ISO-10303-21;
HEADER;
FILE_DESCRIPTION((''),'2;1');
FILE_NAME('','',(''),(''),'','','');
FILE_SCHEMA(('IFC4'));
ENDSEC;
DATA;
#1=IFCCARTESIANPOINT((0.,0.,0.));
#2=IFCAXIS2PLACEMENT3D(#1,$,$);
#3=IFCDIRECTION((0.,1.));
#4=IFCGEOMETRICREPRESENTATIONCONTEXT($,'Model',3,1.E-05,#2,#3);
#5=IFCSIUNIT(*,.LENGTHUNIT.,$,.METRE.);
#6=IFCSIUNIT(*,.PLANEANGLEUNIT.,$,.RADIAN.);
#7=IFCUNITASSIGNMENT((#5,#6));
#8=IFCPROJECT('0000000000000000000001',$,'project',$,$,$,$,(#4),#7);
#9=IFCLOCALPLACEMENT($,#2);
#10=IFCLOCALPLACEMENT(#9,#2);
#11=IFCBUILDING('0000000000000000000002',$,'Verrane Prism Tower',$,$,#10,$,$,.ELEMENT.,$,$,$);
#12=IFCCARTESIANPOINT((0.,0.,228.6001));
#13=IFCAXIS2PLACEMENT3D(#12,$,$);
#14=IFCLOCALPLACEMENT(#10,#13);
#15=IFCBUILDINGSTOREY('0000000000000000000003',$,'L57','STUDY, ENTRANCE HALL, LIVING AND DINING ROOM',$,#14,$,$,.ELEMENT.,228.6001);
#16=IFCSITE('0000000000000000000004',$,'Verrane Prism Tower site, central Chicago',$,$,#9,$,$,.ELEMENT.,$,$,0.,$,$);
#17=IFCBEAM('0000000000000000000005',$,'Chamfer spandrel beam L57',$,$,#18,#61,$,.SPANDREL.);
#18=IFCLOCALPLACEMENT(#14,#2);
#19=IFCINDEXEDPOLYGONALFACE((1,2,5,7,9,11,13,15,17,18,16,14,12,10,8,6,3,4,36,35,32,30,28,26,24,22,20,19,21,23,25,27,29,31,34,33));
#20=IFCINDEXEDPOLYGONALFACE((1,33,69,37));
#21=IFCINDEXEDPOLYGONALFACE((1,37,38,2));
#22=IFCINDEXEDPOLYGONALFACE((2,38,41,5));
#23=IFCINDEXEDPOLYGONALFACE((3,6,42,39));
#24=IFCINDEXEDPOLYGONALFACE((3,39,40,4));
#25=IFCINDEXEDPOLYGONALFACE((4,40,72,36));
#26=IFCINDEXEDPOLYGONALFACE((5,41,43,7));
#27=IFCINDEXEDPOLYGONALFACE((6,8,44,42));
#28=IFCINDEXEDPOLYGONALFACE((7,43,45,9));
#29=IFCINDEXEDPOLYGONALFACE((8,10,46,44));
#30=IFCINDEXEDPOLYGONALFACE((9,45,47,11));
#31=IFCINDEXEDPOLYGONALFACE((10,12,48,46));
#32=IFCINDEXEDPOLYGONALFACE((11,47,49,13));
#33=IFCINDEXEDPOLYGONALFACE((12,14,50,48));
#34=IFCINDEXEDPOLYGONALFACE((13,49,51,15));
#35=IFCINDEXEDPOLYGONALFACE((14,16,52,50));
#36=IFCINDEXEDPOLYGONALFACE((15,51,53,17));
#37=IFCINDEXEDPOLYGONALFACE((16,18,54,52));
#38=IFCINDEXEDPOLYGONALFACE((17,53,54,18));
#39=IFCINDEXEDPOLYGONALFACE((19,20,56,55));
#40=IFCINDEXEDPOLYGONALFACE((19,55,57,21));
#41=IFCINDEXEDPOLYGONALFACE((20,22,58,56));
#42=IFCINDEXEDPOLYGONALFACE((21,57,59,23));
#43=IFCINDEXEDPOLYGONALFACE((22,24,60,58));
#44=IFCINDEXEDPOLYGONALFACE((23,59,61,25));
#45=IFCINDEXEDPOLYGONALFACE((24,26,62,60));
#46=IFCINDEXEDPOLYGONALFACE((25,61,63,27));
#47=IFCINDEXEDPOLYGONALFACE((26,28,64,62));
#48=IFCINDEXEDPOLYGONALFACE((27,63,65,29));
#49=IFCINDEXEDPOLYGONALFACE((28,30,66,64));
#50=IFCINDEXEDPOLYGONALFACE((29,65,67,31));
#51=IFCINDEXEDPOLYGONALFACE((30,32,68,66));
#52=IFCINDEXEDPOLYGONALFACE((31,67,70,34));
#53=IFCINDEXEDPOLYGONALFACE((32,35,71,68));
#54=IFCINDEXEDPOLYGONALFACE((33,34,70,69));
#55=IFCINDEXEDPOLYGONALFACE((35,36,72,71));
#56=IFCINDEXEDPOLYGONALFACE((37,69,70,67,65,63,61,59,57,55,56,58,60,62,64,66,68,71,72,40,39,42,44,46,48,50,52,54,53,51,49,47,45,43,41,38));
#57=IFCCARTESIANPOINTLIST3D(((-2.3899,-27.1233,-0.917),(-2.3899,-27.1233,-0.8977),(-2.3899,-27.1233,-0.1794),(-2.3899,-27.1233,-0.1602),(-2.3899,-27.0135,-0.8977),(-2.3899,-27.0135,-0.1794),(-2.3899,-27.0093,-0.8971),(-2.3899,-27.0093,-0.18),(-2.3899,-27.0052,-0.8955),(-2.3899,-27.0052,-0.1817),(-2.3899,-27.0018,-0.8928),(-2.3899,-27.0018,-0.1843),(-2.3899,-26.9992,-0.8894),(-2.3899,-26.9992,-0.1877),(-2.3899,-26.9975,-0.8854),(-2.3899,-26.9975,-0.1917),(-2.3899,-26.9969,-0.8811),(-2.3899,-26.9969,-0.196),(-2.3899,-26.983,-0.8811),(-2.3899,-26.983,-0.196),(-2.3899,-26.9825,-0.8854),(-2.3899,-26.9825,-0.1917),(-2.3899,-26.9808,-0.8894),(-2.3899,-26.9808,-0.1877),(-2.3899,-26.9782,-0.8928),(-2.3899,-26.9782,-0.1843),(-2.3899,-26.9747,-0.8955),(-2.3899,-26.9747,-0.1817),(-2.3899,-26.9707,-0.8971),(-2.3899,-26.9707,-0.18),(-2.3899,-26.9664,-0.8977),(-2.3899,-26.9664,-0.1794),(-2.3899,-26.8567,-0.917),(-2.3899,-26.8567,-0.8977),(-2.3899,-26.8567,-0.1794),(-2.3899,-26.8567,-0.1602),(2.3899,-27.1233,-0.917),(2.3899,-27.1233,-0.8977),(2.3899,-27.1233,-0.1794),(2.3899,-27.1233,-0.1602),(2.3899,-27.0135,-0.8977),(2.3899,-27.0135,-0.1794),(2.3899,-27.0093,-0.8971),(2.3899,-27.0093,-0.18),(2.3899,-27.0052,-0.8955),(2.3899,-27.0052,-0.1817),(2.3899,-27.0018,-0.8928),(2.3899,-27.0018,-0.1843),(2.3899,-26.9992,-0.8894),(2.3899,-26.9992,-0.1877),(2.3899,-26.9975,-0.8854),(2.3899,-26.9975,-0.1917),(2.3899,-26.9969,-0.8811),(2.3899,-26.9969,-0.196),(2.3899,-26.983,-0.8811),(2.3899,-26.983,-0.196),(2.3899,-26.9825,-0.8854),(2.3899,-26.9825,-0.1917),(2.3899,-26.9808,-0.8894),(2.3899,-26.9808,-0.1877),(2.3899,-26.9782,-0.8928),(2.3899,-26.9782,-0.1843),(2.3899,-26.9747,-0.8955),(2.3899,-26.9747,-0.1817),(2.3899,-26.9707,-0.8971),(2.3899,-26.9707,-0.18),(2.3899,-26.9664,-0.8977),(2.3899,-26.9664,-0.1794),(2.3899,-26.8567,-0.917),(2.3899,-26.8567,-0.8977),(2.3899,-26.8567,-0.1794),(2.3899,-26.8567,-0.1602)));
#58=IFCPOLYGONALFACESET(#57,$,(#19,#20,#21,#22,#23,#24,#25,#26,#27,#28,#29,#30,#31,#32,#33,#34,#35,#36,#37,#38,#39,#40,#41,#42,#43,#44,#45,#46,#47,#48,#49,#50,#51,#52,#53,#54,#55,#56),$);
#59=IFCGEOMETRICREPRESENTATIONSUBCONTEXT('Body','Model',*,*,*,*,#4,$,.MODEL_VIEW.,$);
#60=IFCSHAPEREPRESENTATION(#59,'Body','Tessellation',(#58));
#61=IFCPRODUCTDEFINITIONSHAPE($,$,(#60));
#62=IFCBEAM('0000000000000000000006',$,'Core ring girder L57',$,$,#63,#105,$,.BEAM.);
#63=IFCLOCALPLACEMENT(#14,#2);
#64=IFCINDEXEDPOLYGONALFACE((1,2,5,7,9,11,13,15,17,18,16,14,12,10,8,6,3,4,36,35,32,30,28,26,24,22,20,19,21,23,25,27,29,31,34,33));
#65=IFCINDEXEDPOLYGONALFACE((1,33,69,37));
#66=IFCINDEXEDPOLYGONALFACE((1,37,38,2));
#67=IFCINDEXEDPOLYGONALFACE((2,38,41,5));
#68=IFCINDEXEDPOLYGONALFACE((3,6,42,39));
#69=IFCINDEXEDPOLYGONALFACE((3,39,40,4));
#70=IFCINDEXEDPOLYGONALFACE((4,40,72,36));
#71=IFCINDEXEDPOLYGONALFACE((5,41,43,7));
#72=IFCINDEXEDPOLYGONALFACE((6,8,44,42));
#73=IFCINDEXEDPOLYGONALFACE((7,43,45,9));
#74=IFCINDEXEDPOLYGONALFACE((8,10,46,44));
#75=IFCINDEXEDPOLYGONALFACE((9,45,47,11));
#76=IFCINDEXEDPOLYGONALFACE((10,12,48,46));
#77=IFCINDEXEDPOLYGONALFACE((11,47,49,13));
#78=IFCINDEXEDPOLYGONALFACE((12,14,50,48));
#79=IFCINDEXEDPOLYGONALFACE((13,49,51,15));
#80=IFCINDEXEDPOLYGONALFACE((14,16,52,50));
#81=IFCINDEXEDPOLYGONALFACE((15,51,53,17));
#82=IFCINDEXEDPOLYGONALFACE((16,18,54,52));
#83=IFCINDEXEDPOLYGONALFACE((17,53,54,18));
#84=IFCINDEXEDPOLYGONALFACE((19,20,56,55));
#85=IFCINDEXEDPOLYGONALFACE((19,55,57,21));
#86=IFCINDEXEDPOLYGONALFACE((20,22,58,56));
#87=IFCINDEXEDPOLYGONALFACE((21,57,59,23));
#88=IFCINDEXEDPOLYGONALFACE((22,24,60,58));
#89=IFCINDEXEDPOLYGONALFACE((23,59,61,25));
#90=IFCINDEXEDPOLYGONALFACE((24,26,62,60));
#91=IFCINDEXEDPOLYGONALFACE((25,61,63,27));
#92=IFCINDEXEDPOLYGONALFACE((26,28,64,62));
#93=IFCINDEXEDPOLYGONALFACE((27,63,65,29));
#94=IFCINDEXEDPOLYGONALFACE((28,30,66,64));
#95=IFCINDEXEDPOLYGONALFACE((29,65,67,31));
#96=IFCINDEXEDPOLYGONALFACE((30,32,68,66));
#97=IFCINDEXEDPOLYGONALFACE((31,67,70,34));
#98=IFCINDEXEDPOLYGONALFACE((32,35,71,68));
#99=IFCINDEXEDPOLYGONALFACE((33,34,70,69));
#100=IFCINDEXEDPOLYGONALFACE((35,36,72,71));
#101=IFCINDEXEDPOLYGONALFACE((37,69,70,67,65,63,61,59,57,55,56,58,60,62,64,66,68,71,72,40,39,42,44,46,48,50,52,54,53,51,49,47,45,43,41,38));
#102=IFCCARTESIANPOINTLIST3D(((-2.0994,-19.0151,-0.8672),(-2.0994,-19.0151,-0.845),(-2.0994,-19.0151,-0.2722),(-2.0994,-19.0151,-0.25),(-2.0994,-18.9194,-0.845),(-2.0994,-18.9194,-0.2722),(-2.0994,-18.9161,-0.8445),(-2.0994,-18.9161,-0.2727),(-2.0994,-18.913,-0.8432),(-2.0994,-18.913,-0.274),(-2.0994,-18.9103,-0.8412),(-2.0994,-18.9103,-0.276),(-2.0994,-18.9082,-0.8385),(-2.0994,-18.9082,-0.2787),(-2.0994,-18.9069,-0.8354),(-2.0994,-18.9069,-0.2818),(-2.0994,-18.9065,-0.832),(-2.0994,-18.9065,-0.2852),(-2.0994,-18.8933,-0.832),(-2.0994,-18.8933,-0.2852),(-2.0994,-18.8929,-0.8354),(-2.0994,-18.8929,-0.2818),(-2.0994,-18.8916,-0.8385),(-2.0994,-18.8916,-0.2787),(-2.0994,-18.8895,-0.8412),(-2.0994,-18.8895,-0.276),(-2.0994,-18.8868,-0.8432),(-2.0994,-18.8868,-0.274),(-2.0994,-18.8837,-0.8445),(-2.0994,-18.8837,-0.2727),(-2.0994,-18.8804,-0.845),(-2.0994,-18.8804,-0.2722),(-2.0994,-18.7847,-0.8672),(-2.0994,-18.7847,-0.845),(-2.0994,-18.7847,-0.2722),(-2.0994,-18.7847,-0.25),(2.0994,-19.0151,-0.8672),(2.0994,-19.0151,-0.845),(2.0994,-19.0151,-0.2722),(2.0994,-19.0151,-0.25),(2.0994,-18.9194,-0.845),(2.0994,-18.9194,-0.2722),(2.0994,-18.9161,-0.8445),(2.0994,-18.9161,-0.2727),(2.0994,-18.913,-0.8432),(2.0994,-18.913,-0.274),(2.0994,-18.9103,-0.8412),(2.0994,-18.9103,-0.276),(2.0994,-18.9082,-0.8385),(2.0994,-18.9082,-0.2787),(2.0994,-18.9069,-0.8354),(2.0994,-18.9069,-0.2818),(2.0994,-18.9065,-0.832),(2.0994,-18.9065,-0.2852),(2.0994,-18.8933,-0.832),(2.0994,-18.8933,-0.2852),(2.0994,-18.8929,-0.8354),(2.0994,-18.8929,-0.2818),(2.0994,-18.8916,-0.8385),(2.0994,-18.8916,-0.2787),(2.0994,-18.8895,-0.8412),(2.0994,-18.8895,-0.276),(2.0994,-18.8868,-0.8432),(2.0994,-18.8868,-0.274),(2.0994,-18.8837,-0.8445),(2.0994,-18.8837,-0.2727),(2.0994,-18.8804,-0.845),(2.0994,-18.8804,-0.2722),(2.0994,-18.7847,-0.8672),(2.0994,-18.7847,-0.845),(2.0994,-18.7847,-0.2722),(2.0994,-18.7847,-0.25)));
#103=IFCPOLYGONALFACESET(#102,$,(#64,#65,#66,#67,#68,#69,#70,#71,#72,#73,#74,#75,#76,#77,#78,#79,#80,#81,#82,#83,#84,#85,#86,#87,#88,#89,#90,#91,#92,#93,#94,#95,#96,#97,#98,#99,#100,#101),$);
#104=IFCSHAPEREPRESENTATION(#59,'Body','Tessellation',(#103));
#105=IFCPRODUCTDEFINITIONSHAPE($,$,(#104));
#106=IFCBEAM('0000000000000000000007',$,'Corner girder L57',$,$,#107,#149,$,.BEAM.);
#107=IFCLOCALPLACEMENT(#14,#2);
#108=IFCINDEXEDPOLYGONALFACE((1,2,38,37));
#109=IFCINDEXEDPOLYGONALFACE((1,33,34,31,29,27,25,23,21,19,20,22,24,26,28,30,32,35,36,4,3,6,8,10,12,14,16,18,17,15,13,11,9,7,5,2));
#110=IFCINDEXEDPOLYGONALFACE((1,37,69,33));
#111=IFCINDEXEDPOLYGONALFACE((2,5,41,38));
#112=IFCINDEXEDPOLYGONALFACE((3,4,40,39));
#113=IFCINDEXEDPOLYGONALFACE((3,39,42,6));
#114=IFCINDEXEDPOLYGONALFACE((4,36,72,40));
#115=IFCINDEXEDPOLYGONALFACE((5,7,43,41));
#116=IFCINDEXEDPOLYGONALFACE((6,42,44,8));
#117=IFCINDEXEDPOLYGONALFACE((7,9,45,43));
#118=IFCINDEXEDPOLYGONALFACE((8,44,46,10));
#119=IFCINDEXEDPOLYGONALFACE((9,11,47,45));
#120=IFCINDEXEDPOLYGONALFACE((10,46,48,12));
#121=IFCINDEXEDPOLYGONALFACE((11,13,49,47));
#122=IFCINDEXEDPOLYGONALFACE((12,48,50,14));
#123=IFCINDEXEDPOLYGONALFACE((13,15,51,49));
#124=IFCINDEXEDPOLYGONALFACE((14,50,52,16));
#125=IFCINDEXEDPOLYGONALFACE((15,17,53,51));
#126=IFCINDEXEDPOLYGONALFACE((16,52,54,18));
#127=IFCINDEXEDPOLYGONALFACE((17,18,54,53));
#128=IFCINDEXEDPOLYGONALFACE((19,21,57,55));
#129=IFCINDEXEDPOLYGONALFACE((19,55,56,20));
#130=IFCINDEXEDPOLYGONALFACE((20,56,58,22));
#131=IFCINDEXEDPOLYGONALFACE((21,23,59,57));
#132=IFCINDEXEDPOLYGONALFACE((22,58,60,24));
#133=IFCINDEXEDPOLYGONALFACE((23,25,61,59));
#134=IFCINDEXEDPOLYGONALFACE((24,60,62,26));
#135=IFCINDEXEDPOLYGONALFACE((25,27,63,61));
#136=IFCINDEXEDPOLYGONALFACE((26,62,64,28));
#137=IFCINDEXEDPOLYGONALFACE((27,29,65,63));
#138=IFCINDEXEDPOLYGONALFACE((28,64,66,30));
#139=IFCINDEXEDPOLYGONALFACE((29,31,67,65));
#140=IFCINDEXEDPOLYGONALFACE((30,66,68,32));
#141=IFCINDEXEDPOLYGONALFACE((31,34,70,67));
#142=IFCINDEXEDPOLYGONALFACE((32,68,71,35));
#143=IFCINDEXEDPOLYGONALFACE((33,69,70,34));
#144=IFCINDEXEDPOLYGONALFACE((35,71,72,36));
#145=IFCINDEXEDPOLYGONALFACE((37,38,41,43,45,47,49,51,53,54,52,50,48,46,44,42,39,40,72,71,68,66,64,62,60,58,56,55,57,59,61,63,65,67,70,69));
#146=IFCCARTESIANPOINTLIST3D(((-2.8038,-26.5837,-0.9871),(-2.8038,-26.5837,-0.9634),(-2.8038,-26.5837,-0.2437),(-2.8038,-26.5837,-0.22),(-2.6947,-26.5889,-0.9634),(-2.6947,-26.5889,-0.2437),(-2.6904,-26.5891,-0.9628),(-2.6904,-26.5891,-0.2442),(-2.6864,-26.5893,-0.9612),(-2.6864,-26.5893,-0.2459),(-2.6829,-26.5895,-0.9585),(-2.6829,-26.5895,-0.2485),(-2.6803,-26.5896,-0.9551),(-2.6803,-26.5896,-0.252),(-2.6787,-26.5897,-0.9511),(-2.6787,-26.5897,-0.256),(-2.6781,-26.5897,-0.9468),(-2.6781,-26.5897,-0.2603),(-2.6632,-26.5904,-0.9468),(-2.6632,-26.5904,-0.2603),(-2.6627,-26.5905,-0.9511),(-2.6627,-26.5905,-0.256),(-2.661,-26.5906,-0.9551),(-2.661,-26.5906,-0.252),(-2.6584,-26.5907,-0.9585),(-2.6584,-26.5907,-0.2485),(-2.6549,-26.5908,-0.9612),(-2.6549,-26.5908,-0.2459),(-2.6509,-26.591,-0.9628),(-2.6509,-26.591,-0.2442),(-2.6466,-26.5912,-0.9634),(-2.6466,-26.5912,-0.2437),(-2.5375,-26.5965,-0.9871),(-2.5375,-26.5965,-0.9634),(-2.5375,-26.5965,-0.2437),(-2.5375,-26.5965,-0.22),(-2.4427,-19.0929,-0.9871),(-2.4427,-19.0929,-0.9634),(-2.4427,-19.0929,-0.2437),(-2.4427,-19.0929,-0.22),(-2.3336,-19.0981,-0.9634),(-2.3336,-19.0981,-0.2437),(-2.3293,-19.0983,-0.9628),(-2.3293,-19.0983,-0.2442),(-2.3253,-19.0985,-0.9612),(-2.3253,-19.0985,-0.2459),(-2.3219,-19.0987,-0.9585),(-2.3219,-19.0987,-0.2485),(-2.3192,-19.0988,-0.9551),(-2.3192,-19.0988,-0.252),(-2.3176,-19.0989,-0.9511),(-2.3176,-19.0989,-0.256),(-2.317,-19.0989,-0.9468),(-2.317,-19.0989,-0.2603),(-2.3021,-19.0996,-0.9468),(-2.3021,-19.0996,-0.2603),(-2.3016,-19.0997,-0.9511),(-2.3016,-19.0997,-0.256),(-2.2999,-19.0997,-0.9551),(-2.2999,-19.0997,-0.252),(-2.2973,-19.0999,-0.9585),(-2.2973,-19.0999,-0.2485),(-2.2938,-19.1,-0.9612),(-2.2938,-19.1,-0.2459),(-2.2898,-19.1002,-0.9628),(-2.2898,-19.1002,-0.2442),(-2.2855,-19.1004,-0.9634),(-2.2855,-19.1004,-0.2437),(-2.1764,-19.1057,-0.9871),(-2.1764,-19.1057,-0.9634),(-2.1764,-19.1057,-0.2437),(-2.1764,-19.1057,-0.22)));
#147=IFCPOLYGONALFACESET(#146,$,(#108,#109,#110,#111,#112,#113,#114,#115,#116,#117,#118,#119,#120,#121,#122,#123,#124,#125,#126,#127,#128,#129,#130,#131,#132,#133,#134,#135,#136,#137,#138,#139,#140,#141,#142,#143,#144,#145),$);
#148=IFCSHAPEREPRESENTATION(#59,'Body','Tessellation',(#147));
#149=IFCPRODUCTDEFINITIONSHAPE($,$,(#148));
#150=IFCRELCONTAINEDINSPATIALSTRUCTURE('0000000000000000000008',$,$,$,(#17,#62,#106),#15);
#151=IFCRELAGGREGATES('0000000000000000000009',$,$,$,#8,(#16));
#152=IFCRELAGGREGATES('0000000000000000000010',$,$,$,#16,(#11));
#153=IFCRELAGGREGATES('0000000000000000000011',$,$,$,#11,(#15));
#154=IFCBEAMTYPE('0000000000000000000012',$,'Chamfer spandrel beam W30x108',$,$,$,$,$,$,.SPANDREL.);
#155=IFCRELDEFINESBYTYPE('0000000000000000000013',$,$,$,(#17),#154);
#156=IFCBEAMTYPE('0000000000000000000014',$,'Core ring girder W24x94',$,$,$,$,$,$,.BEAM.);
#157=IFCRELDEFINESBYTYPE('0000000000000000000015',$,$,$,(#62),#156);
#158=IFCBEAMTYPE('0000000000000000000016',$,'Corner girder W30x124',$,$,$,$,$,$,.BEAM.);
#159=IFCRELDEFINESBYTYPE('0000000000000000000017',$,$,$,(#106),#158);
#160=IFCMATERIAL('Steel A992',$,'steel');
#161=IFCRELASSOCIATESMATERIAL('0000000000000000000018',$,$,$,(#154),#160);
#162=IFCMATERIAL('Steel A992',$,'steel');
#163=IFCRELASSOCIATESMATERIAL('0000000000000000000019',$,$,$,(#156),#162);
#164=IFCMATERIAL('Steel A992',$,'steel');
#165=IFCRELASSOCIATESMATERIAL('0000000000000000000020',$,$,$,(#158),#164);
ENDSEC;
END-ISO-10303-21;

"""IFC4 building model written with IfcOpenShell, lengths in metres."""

from ifc_helpers import new_model, si_unit, direction, frame, origin, origin_2d, place, context, subcontext, project, spatial, i_section, extrude, material, material_profile, profile_set, type_object, element, save


model = new_model("IFC4")

# Units and contexts
model_context = context("Model", 3, precision=1e-05, world=origin(), true_north=direction((0.0, 1.0)))
body_context = subcontext(model_context, "Body", "Model", "MODEL_VIEW")
ifc_project = project(units=[si_unit("LENGTHUNIT", "METRE"), si_unit("PLANEANGLEUNIT", "RADIAN")], contexts=[model_context])

# Site, building, storey
site_placement = place(None, origin())
site = spatial("IfcSite", under=ifc_project, at=site_placement, Name="Verrane Prism Tower site, central Chicago", CompositionType="ELEMENT", RefElevation=0.0)
building_placement = place(site_placement, origin())
building = spatial("IfcBuilding", under=site, at=building_placement, Name="Verrane Prism Tower", CompositionType="ELEMENT")
storey_placement = place(building_placement, frame((0.0, 0.0, 228.6001)))
storey = spatial("IfcBuildingStorey", under=building, at=storey_placement, Name="L57", Description="STUDY, ENTRANCE HALL, LIVING AND DINING ROOM", CompositionType="ELEMENT", Elevation=228.6001)

# Beams
ifc_material_1 = material(Name="Steel A992", Category="steel")
ifc_material_profile_1 = material_profile(ifc_material_1, i_section(OverallWidth=0.2666, OverallDepth=0.7568, WebThickness=0.0139, FlangeThickness=0.0193, FilletRadius=0.0166, at=origin_2d()), Name="W30x108")
ifc_profile_set_1 = profile_set([ifc_material_profile_1], Name="Steel A992")
beam_type_1 = type_object("IfcBeamType", Name="Chamfer spandrel beam W30x108", PredefinedType="SPANDREL", material=ifc_profile_set_1)
beam_1_placement = place(storey_placement, frame((-2.3899, -26.99, -0.5386), z_axis=(1.0, 0.0, 0.0), x_axis=(0.0, 1.0, 0.0)))
element("IfcBeam", 1, at=beam_1_placement, inside=storey, type_object=beam_type_1, Name="Chamfer spandrel beam L57", PredefinedType="SPANDREL", context=body_context, shape_type="SweptSolid", body=[
    extrude(i_section(OverallWidth=0.2666, OverallDepth=0.7568, WebThickness=0.0139, FlangeThickness=0.0193, FilletRadius=0.0166, at=origin_2d()), origin(), (0.0, 0.0, 1.0), 4.7798),
])
ifc_material_2 = material(Name="Steel A992", Category="steel")
ifc_material_profile_2 = material_profile(ifc_material_2, i_section(OverallWidth=0.2305, OverallDepth=0.6172, WebThickness=0.0132, FlangeThickness=0.0222, FilletRadius=0.0129, at=origin_2d()), Name="W24x94")
ifc_profile_set_2 = profile_set([ifc_material_profile_2], Name="Steel A992")
beam_type_2 = type_object("IfcBeamType", Name="Core ring girder W24x94", PredefinedType="BEAM", material=ifc_profile_set_2)
beam_2_placement = place(storey_placement, frame((-2.0994, -18.8999, -0.5586), z_axis=(1.0, 0.0, 0.0), x_axis=(0.0, 1.0, 0.0)))
element("IfcBeam", 2, at=beam_2_placement, inside=storey, type_object=beam_type_2, Name="Core ring girder L57", PredefinedType="BEAM", context=body_context, shape_type="SweptSolid", body=[
    extrude(i_section(OverallWidth=0.2305, OverallDepth=0.6172, WebThickness=0.0132, FlangeThickness=0.0222, FilletRadius=0.0129, at=origin_2d()), origin(), (0.0, 0.0, 1.0), 4.1987),
])
ifc_material_3 = material(Name="Steel A992", Category="steel")
ifc_material_profile_3 = material_profile(ifc_material_3, i_section(OverallWidth=0.2666, OverallDepth=0.7671, WebThickness=0.0149, FlangeThickness=0.0237, FilletRadius=0.0166, at=origin_2d()), Name="W30x124")
ifc_profile_set_3 = profile_set([ifc_material_profile_3], Name="Steel A992")
beam_type_3 = type_object("IfcBeamType", Name="Corner girder W30x124", PredefinedType="BEAM", material=ifc_profile_set_3)
beam_3_placement = place(storey_placement, frame((-2.6707, -26.5901, -0.6035), z_axis=(0.048148, 0.99884, 0.0), x_axis=(-0.99884, 0.048148, 0.0)))
element("IfcBeam", 3, at=beam_3_placement, inside=storey, type_object=beam_type_3, Name="Corner girder L57", PredefinedType="BEAM", context=body_context, shape_type="SweptSolid", body=[
    extrude(i_section(OverallWidth=0.2666, OverallDepth=0.7671, WebThickness=0.0149, FlangeThickness=0.0237, FilletRadius=0.0166, at=origin_2d()), origin(), (0.0, 0.0, 1.0), 7.4995),
])

save(model, "model.ifc")
